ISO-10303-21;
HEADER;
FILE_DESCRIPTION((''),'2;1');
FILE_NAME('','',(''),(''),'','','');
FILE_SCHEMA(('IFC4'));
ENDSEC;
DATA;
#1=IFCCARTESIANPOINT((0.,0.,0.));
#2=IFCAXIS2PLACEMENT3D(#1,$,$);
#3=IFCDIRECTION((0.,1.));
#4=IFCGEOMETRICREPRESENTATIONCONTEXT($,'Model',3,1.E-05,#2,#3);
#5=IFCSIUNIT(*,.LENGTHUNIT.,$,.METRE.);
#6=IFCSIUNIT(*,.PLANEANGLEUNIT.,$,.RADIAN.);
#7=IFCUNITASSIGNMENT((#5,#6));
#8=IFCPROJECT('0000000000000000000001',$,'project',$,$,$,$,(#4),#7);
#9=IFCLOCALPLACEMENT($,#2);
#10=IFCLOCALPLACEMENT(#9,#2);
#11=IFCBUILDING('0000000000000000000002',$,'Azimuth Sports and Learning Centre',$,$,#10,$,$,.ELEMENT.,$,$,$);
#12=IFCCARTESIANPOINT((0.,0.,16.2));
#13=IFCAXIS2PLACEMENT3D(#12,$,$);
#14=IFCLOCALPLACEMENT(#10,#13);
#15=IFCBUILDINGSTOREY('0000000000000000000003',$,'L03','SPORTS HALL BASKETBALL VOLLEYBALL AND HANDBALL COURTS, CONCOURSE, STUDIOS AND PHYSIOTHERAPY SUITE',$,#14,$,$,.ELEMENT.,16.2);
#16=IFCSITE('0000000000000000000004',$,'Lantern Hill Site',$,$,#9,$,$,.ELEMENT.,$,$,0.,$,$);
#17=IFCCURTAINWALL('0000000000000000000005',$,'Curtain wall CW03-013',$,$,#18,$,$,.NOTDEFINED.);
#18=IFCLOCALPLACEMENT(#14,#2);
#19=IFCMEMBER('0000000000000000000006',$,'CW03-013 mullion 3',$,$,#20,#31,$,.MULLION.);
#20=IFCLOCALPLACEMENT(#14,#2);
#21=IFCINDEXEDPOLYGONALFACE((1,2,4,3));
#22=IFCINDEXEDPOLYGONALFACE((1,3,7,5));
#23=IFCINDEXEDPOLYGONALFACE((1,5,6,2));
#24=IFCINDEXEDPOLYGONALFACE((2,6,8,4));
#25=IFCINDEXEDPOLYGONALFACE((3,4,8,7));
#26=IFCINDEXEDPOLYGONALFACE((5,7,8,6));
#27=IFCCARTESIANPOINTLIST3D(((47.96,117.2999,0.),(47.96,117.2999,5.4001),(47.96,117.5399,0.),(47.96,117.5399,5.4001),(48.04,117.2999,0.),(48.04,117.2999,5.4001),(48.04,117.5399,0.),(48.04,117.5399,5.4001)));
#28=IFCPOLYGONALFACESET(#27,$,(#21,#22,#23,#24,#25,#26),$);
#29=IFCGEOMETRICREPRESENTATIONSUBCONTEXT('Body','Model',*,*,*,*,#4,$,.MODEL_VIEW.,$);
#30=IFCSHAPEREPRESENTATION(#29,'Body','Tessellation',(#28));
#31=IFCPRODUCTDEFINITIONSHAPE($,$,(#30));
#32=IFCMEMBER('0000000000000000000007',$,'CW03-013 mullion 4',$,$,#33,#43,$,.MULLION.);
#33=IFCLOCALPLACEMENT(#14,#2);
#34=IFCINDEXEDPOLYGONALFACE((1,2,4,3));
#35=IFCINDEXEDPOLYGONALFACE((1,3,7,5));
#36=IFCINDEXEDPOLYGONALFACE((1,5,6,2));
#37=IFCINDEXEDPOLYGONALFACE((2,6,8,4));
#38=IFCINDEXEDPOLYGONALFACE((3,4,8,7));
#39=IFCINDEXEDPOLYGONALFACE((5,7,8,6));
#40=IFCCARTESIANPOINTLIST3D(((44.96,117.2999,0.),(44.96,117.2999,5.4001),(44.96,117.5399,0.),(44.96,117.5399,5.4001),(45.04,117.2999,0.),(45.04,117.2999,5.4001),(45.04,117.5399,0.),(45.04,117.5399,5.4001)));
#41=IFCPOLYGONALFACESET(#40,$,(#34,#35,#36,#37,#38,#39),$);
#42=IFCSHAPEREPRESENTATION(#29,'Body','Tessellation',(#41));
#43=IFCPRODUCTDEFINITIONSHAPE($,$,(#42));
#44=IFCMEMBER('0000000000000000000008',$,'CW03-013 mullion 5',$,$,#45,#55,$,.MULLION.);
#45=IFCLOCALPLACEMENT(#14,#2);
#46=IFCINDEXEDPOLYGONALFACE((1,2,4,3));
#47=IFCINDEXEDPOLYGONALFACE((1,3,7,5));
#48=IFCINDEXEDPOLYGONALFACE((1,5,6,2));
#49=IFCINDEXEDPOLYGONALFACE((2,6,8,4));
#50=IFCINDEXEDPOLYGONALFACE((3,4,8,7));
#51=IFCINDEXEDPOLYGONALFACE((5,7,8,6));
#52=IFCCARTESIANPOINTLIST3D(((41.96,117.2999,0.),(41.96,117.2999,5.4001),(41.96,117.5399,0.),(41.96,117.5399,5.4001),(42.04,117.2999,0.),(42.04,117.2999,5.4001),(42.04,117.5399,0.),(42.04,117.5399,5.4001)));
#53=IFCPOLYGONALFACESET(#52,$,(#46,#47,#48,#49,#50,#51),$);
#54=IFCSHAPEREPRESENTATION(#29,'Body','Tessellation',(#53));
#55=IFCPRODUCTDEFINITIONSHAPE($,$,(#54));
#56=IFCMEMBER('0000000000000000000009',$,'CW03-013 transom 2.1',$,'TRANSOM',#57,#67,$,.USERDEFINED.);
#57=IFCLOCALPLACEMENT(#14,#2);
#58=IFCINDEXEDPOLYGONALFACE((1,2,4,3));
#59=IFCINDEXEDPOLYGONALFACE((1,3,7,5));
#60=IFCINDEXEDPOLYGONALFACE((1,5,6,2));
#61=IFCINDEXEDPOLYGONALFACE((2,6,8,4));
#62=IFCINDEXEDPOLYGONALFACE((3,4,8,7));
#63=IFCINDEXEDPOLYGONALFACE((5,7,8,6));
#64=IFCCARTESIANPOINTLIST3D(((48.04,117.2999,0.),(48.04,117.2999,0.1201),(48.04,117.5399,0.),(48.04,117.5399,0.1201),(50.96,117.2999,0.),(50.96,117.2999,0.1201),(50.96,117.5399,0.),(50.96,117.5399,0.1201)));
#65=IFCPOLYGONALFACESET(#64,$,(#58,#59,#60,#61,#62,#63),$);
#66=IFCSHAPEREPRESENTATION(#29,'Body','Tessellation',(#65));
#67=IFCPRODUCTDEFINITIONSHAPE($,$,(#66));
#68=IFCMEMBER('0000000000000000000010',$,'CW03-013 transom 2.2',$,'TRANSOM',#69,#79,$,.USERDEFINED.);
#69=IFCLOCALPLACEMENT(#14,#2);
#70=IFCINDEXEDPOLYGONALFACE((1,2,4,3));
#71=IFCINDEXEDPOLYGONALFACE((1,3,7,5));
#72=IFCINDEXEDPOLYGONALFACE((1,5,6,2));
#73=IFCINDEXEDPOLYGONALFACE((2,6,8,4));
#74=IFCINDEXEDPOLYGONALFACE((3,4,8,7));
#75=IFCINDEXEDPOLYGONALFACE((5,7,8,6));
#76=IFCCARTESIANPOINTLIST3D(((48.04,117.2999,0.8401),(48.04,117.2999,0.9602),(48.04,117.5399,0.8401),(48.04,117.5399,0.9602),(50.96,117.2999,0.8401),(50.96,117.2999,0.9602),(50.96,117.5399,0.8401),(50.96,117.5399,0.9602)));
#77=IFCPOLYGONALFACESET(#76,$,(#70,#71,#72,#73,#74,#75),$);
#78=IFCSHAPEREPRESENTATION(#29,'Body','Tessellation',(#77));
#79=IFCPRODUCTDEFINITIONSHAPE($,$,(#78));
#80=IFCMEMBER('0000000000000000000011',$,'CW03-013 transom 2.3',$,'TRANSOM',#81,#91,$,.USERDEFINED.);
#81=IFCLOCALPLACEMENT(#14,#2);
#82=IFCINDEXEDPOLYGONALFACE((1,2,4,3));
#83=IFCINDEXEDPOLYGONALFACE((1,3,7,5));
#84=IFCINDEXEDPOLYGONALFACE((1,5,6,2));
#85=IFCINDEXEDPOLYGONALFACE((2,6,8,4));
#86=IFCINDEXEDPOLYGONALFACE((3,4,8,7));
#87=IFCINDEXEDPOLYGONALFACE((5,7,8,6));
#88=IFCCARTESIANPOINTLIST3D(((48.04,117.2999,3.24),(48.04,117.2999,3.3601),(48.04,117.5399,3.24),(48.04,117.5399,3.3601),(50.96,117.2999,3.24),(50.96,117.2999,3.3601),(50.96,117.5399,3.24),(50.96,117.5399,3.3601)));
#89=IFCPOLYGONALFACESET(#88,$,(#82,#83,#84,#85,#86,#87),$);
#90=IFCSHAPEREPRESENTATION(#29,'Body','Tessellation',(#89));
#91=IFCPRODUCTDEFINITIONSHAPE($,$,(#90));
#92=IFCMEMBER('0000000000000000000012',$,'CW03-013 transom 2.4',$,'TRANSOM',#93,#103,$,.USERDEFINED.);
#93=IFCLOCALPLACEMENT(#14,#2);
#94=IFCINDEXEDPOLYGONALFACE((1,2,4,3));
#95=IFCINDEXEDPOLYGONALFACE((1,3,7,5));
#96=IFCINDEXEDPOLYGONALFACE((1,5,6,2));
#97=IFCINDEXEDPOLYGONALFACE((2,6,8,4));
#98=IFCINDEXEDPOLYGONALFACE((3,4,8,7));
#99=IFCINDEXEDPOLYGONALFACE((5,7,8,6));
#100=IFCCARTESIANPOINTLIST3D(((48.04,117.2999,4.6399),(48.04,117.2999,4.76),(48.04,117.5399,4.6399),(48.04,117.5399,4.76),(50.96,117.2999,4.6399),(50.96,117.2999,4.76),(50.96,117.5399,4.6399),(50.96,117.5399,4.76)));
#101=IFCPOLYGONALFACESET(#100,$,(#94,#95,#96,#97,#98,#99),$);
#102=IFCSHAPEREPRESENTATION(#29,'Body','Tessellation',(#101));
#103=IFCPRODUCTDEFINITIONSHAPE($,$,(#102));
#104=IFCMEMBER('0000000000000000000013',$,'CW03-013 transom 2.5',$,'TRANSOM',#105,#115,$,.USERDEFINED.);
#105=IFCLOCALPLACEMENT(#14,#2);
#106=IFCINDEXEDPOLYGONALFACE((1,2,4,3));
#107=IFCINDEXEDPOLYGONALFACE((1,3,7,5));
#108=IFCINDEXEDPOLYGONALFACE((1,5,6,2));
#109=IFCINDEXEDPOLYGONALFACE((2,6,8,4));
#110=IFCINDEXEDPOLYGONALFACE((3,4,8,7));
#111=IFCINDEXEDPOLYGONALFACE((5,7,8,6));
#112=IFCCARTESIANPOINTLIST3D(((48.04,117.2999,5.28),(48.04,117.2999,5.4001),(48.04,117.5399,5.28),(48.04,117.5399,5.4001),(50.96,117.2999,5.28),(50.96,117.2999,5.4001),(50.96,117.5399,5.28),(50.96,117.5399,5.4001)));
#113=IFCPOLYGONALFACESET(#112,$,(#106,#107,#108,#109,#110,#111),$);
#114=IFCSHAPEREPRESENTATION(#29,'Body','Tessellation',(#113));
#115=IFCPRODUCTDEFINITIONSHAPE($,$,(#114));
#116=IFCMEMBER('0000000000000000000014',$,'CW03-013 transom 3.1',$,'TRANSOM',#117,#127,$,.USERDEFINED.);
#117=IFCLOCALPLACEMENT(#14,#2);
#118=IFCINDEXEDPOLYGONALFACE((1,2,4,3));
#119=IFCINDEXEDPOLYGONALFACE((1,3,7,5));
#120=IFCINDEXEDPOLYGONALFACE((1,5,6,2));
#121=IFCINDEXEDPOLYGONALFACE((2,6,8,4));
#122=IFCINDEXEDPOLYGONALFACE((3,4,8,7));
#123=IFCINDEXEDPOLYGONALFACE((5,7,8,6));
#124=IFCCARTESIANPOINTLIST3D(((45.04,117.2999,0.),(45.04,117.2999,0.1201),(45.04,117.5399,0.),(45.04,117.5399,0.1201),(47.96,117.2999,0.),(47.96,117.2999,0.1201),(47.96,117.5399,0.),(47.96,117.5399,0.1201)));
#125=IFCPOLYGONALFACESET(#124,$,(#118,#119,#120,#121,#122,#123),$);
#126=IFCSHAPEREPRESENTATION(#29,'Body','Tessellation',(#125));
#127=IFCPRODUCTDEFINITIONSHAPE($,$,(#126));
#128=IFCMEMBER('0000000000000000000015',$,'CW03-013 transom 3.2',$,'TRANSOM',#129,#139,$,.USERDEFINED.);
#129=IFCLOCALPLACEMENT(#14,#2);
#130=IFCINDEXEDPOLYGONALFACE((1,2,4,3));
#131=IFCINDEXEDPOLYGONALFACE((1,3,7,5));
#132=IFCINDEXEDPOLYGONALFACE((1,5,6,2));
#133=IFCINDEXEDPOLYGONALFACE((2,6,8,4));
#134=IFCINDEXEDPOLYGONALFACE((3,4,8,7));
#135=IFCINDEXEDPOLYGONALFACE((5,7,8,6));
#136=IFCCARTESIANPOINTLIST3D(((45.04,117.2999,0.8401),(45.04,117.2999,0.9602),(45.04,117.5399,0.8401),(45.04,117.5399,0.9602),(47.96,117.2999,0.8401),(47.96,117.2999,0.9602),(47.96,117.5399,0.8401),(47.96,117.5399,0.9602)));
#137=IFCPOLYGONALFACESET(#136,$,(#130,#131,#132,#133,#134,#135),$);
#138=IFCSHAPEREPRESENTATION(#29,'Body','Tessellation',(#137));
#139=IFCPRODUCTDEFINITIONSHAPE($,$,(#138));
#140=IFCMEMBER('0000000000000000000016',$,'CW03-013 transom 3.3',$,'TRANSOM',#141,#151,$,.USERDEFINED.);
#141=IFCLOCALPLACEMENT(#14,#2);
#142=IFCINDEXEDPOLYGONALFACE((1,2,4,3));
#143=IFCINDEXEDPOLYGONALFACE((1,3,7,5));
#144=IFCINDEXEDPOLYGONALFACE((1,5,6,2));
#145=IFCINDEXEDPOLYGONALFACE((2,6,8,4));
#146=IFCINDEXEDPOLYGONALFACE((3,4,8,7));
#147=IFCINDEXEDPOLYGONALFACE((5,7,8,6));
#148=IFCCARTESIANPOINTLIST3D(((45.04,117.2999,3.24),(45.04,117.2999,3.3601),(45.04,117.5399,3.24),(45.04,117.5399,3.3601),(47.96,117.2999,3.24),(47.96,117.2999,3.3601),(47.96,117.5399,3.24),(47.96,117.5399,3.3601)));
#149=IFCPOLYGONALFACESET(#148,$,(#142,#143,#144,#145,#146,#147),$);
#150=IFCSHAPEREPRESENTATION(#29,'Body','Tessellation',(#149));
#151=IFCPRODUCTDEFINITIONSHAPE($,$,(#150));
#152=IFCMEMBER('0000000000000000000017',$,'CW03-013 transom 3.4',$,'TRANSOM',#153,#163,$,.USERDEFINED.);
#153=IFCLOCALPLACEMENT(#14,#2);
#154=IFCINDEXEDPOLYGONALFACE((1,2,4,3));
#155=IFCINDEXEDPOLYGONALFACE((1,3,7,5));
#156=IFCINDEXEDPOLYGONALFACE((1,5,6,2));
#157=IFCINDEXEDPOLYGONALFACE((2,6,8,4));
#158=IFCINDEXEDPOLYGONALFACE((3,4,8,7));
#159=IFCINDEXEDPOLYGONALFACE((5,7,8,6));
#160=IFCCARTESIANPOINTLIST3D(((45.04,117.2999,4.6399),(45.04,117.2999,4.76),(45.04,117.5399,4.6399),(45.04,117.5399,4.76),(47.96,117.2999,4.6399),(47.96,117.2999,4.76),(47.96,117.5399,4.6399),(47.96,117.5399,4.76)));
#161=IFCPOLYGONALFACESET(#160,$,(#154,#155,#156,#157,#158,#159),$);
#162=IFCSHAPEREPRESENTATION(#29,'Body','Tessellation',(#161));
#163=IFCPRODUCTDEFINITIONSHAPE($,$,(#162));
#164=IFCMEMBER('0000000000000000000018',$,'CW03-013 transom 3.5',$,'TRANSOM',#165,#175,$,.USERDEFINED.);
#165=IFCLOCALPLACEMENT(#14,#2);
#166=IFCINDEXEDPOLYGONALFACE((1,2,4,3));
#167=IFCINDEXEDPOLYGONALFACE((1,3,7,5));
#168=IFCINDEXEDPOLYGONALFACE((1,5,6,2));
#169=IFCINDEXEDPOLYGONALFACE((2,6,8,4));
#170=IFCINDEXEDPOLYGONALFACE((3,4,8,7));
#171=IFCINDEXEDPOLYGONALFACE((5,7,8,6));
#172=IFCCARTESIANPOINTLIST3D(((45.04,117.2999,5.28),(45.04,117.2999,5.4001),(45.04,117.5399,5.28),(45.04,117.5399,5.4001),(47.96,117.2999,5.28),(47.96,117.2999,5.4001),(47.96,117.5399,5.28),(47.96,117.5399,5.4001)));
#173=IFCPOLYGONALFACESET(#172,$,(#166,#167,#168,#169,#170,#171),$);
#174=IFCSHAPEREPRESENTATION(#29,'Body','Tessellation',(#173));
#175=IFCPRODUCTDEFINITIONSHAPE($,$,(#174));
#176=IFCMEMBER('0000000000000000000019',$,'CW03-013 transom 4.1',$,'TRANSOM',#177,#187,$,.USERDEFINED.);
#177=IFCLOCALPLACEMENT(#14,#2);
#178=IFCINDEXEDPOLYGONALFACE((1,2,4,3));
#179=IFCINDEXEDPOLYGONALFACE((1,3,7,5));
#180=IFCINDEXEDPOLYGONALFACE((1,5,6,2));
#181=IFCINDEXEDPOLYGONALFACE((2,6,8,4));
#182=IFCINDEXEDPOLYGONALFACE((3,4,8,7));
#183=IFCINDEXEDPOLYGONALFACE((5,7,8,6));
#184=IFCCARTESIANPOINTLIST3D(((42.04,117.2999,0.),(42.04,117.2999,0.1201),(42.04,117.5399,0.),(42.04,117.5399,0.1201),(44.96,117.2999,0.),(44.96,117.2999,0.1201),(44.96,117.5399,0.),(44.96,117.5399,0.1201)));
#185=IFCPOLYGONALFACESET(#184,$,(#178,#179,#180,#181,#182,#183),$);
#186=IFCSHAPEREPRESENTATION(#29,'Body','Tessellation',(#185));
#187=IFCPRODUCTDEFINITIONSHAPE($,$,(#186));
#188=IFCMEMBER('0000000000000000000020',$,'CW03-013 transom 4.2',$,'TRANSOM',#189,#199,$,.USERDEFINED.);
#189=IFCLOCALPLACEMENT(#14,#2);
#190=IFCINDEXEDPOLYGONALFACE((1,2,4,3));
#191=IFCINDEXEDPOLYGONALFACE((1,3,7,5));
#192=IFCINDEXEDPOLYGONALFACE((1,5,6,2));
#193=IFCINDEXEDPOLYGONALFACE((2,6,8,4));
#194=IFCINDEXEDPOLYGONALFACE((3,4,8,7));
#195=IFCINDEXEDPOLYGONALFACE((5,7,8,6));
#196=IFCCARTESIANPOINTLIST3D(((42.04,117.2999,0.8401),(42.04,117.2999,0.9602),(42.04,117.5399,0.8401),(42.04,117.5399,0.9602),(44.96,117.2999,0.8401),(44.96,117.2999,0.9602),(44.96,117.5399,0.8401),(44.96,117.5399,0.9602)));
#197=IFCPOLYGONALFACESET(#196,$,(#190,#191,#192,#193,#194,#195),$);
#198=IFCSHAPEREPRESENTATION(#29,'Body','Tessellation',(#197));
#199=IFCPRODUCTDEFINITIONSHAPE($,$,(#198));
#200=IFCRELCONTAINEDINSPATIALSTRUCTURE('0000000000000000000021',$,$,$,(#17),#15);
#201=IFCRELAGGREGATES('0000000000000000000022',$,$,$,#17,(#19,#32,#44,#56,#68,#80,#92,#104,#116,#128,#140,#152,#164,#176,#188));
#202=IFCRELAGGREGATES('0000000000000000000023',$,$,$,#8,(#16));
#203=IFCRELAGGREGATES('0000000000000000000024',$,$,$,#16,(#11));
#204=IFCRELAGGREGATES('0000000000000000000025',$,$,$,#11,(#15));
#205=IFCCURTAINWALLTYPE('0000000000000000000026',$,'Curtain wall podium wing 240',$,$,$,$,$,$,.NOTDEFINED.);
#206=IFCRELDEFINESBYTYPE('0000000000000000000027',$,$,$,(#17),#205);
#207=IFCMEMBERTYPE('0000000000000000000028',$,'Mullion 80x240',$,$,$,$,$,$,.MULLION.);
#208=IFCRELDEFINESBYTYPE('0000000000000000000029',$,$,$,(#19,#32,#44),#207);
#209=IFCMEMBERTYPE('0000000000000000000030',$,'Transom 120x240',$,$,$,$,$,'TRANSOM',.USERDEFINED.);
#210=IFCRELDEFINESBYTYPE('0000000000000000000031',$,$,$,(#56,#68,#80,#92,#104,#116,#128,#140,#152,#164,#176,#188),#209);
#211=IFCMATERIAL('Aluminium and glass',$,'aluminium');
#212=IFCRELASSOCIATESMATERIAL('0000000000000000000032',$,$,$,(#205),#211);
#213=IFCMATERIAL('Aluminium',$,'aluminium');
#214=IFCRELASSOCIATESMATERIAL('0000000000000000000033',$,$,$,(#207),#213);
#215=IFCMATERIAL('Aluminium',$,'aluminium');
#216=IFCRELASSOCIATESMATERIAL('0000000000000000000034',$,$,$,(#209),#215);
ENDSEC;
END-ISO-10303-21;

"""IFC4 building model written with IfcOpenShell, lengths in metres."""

from ifc_helpers import new_model, si_unit, direction, frame, origin, origin_2d, place, context, subcontext, project, spatial, rectangle, extrude, material, material_profile, profile_set, type_object, element, aggregate, save


model = new_model("IFC4")

# Units and contexts
model_context = context("Model", 3, precision=1e-05, world=origin(), true_north=direction((0.0, 1.0)))
body_context = subcontext(model_context, "Body", "Model", "MODEL_VIEW")
ifc_project = project(units=[si_unit("LENGTHUNIT", "METRE"), si_unit("PLANEANGLEUNIT", "RADIAN")], contexts=[model_context])

# Site, building, storey
site_placement = place(None, origin())
site = spatial("IfcSite", under=ifc_project, at=site_placement, Name="Lantern Hill Site", CompositionType="ELEMENT", RefElevation=0.0)
building_placement = place(site_placement, origin())
building = spatial("IfcBuilding", under=site, at=building_placement, Name="Azimuth Sports and Learning Centre", CompositionType="ELEMENT")
storey_placement = place(building_placement, frame((0.0, 0.0, 16.2)))
storey = spatial("IfcBuildingStorey", under=building, at=storey_placement, Name="L03", Description="SPORTS HALL BASKETBALL VOLLEYBALL AND HANDBALL COURTS, CONCOURSE, STUDIOS AND PHYSIOTHERAPY SUITE", CompositionType="ELEMENT", Elevation=16.2)

# Curtain wall, members
ifc_material_1 = material(Name="Aluminium and glass", Category="aluminium")
curtain_wall_type = type_object("IfcCurtainWallType", Name="Curtain wall podium wing 240", PredefinedType="NOTDEFINED", material=ifc_material_1)
curtain_wall_placement = place(storey_placement, origin())
curtain_wall = element("IfcCurtainWall", 1, at=curtain_wall_placement, inside=storey, type_object=curtain_wall_type, Name="Curtain wall CW03-013", PredefinedType="NOTDEFINED")
ifc_material_2 = material(Name="Aluminium", Category="aluminium")
ifc_material_profile_1 = material_profile(ifc_material_2, rectangle(XDim=0.24, YDim=0.0801, at=origin_2d()), Name="Mullion 80x240")
ifc_profile_set_1 = profile_set([ifc_material_profile_1], Name="Aluminium")
member_type_1 = type_object("IfcMemberType", Name="Mullion 80x240", PredefinedType="MULLION", material=ifc_profile_set_1)
member_1_placement = place(storey_placement, frame((48.0, 117.4199, 0.0), z_axis=(0.0, 0.0, 1.0), x_axis=(0.0, -1.0, 0.0)))
member_1 = element("IfcMember", 2, at=member_1_placement, type_object=member_type_1, Name="CW03-013 mullion 3", PredefinedType="MULLION", context=body_context, shape_type="SweptSolid", body=[
    extrude(rectangle(XDim=0.24, YDim=0.0801, at=origin_2d()), origin(), (0.0, 0.0, 1.0), 5.4001),
])
member_2_placement = place(storey_placement, frame((45.0, 117.4199, 0.0), z_axis=(0.0, 0.0, 1.0), x_axis=(0.0, -1.0, 0.0)))
member_2 = element("IfcMember", 3, at=member_2_placement, type_object=member_type_1, Name="CW03-013 mullion 4", PredefinedType="MULLION", context=body_context, shape_type="SweptSolid", body=[
    extrude(rectangle(XDim=0.24, YDim=0.0801, at=origin_2d()), origin(), (0.0, 0.0, 1.0), 5.4001),
])
member_3_placement = place(storey_placement, frame((42.0, 117.4199, 0.0), z_axis=(0.0, 0.0, 1.0), x_axis=(0.0, -1.0, 0.0)))
member_3 = element("IfcMember", 4, at=member_3_placement, type_object=member_type_1, Name="CW03-013 mullion 5", PredefinedType="MULLION", context=body_context, shape_type="SweptSolid", body=[
    extrude(rectangle(XDim=0.24, YDim=0.0801, at=origin_2d()), origin(), (0.0, 0.0, 1.0), 5.4001),
])
ifc_material_3 = material(Name="Aluminium", Category="aluminium")
ifc_material_profile_2 = material_profile(ifc_material_3, rectangle(XDim=0.24, YDim=0.1201, at=origin_2d()), Name="Transom 120x240")
ifc_profile_set_2 = profile_set([ifc_material_profile_2], Name="Aluminium")
member_type_2 = type_object("IfcMemberType", Name="Transom 120x240", ElementType="TRANSOM", PredefinedType="USERDEFINED", material=ifc_profile_set_2)
member_4_placement = place(storey_placement, frame((50.96, 117.4199, 0.0601), z_axis=(-1.0, 0.0, 0.0), x_axis=(0.0, -1.0, 0.0)))
member_4 = element("IfcMember", 5, at=member_4_placement, type_object=member_type_2, Name="CW03-013 transom 2.1", ObjectType="TRANSOM", PredefinedType="USERDEFINED", context=body_context, shape_type="SweptSolid", body=[
    extrude(rectangle(XDim=0.24, YDim=0.1201, at=origin_2d()), origin(), (0.0, 0.0, 1.0), 2.9199),
])
member_5_placement = place(storey_placement, frame((50.96, 117.4199, 0.9001), z_axis=(-1.0, 0.0, 0.0), x_axis=(0.0, -1.0, 0.0)))
member_5 = element("IfcMember", 6, at=member_5_placement, type_object=member_type_2, Name="CW03-013 transom 2.2", ObjectType="TRANSOM", PredefinedType="USERDEFINED", context=body_context, shape_type="SweptSolid", body=[
    extrude(rectangle(XDim=0.24, YDim=0.1201, at=origin_2d()), origin(), (0.0, 0.0, 1.0), 2.9199),
])
member_6_placement = place(storey_placement, frame((50.96, 117.4199, 3.3), z_axis=(-1.0, 0.0, 0.0), x_axis=(0.0, -1.0, 0.0)))
member_6 = element("IfcMember", 7, at=member_6_placement, type_object=member_type_2, Name="CW03-013 transom 2.3", ObjectType="TRANSOM", PredefinedType="USERDEFINED", context=body_context, shape_type="SweptSolid", body=[
    extrude(rectangle(XDim=0.24, YDim=0.1201, at=origin_2d()), origin(), (0.0, 0.0, 1.0), 2.9199),
])
member_7_placement = place(storey_placement, frame((50.96, 117.4199, 4.7), z_axis=(-1.0, 0.0, 0.0), x_axis=(0.0, -1.0, 0.0)))
member_7 = element("IfcMember", 8, at=member_7_placement, type_object=member_type_2, Name="CW03-013 transom 2.4", ObjectType="TRANSOM", PredefinedType="USERDEFINED", context=body_context, shape_type="SweptSolid", body=[
    extrude(rectangle(XDim=0.24, YDim=0.1201, at=origin_2d()), origin(), (0.0, 0.0, 1.0), 2.9199),
])
member_8_placement = place(storey_placement, frame((50.96, 117.4199, 5.3401), z_axis=(-1.0, 0.0, 0.0), x_axis=(0.0, -1.0, 0.0)))
member_8 = element("IfcMember", 9, at=member_8_placement, type_object=member_type_2, Name="CW03-013 transom 2.5", ObjectType="TRANSOM", PredefinedType="USERDEFINED", context=body_context, shape_type="SweptSolid", body=[
    extrude(rectangle(XDim=0.24, YDim=0.1201, at=origin_2d()), origin(), (0.0, 0.0, 1.0), 2.9199),
])
member_9_placement = place(storey_placement, frame((47.96, 117.4199, 0.0601), z_axis=(-1.0, 0.0, 0.0), x_axis=(0.0, -1.0, 0.0)))
member_9 = element("IfcMember", 10, at=member_9_placement, type_object=member_type_2, Name="CW03-013 transom 3.1", ObjectType="TRANSOM", PredefinedType="USERDEFINED", context=body_context, shape_type="SweptSolid", body=[
    extrude(rectangle(XDim=0.24, YDim=0.1201, at=origin_2d()), origin(), (0.0, 0.0, 1.0), 2.9199),
])
member_10_placement = place(storey_placement, frame((47.96, 117.4199, 0.9001), z_axis=(-1.0, 0.0, 0.0), x_axis=(0.0, -1.0, 0.0)))
member_10 = element("IfcMember", 11, at=member_10_placement, type_object=member_type_2, Name="CW03-013 transom 3.2", ObjectType="TRANSOM", PredefinedType="USERDEFINED", context=body_context, shape_type="SweptSolid", body=[
    extrude(rectangle(XDim=0.24, YDim=0.1201, at=origin_2d()), origin(), (0.0, 0.0, 1.0), 2.9199),
])
member_11_placement = place(storey_placement, frame((47.96, 117.4199, 3.3), z_axis=(-1.0, 0.0, 0.0), x_axis=(0.0, -1.0, 0.0)))
member_11 = element("IfcMember", 12, at=member_11_placement, type_object=member_type_2, Name="CW03-013 transom 3.3", ObjectType="TRANSOM", PredefinedType="USERDEFINED", context=body_context, shape_type="SweptSolid", body=[
    extrude(rectangle(XDim=0.24, YDim=0.1201, at=origin_2d()), origin(), (0.0, 0.0, 1.0), 2.9199),
])
member_12_placement = place(storey_placement, frame((47.96, 117.4199, 4.7), z_axis=(-1.0, 0.0, 0.0), x_axis=(0.0, -1.0, 0.0)))
member_12 = element("IfcMember", 13, at=member_12_placement, type_object=member_type_2, Name="CW03-013 transom 3.4", ObjectType="TRANSOM", PredefinedType="USERDEFINED", context=body_context, shape_type="SweptSolid", body=[
    extrude(rectangle(XDim=0.24, YDim=0.1201, at=origin_2d()), origin(), (0.0, 0.0, 1.0), 2.9199),
])
member_13_placement = place(storey_placement, frame((47.96, 117.4199, 5.3401), z_axis=(-1.0, 0.0, 0.0), x_axis=(0.0, -1.0, 0.0)))
member_13 = element("IfcMember", 14, at=member_13_placement, type_object=member_type_2, Name="CW03-013 transom 3.5", ObjectType="TRANSOM", PredefinedType="USERDEFINED", context=body_context, shape_type="SweptSolid", body=[
    extrude(rectangle(XDim=0.24, YDim=0.1201, at=origin_2d()), origin(), (0.0, 0.0, 1.0), 2.9199),
])
member_14_placement = place(storey_placement, frame((44.96, 117.4199, 0.0601), z_axis=(-1.0, 0.0, 0.0), x_axis=(0.0, -1.0, 0.0)))
member_14 = element("IfcMember", 15, at=member_14_placement, type_object=member_type_2, Name="CW03-013 transom 4.1", ObjectType="TRANSOM", PredefinedType="USERDEFINED", context=body_context, shape_type="SweptSolid", body=[
    extrude(rectangle(XDim=0.24, YDim=0.1201, at=origin_2d()), origin(), (0.0, 0.0, 1.0), 2.9199),
])
member_15_placement = place(storey_placement, frame((44.96, 117.4199, 0.9001), z_axis=(-1.0, 0.0, 0.0), x_axis=(0.0, -1.0, 0.0)))
member_15 = element("IfcMember", 16, at=member_15_placement, type_object=member_type_2, Name="CW03-013 transom 4.2", ObjectType="TRANSOM", PredefinedType="USERDEFINED", context=body_context, shape_type="SweptSolid", body=[
    extrude(rectangle(XDim=0.24, YDim=0.1201, at=origin_2d()), origin(), (0.0, 0.0, 1.0), 2.9199),
])
aggregate(curtain_wall, [member_1, member_2, member_3, member_4, member_5, member_6, member_7, member_8, member_9, member_10, member_11, member_12, member_13, member_14, member_15])

save(model, "model.ifc")
